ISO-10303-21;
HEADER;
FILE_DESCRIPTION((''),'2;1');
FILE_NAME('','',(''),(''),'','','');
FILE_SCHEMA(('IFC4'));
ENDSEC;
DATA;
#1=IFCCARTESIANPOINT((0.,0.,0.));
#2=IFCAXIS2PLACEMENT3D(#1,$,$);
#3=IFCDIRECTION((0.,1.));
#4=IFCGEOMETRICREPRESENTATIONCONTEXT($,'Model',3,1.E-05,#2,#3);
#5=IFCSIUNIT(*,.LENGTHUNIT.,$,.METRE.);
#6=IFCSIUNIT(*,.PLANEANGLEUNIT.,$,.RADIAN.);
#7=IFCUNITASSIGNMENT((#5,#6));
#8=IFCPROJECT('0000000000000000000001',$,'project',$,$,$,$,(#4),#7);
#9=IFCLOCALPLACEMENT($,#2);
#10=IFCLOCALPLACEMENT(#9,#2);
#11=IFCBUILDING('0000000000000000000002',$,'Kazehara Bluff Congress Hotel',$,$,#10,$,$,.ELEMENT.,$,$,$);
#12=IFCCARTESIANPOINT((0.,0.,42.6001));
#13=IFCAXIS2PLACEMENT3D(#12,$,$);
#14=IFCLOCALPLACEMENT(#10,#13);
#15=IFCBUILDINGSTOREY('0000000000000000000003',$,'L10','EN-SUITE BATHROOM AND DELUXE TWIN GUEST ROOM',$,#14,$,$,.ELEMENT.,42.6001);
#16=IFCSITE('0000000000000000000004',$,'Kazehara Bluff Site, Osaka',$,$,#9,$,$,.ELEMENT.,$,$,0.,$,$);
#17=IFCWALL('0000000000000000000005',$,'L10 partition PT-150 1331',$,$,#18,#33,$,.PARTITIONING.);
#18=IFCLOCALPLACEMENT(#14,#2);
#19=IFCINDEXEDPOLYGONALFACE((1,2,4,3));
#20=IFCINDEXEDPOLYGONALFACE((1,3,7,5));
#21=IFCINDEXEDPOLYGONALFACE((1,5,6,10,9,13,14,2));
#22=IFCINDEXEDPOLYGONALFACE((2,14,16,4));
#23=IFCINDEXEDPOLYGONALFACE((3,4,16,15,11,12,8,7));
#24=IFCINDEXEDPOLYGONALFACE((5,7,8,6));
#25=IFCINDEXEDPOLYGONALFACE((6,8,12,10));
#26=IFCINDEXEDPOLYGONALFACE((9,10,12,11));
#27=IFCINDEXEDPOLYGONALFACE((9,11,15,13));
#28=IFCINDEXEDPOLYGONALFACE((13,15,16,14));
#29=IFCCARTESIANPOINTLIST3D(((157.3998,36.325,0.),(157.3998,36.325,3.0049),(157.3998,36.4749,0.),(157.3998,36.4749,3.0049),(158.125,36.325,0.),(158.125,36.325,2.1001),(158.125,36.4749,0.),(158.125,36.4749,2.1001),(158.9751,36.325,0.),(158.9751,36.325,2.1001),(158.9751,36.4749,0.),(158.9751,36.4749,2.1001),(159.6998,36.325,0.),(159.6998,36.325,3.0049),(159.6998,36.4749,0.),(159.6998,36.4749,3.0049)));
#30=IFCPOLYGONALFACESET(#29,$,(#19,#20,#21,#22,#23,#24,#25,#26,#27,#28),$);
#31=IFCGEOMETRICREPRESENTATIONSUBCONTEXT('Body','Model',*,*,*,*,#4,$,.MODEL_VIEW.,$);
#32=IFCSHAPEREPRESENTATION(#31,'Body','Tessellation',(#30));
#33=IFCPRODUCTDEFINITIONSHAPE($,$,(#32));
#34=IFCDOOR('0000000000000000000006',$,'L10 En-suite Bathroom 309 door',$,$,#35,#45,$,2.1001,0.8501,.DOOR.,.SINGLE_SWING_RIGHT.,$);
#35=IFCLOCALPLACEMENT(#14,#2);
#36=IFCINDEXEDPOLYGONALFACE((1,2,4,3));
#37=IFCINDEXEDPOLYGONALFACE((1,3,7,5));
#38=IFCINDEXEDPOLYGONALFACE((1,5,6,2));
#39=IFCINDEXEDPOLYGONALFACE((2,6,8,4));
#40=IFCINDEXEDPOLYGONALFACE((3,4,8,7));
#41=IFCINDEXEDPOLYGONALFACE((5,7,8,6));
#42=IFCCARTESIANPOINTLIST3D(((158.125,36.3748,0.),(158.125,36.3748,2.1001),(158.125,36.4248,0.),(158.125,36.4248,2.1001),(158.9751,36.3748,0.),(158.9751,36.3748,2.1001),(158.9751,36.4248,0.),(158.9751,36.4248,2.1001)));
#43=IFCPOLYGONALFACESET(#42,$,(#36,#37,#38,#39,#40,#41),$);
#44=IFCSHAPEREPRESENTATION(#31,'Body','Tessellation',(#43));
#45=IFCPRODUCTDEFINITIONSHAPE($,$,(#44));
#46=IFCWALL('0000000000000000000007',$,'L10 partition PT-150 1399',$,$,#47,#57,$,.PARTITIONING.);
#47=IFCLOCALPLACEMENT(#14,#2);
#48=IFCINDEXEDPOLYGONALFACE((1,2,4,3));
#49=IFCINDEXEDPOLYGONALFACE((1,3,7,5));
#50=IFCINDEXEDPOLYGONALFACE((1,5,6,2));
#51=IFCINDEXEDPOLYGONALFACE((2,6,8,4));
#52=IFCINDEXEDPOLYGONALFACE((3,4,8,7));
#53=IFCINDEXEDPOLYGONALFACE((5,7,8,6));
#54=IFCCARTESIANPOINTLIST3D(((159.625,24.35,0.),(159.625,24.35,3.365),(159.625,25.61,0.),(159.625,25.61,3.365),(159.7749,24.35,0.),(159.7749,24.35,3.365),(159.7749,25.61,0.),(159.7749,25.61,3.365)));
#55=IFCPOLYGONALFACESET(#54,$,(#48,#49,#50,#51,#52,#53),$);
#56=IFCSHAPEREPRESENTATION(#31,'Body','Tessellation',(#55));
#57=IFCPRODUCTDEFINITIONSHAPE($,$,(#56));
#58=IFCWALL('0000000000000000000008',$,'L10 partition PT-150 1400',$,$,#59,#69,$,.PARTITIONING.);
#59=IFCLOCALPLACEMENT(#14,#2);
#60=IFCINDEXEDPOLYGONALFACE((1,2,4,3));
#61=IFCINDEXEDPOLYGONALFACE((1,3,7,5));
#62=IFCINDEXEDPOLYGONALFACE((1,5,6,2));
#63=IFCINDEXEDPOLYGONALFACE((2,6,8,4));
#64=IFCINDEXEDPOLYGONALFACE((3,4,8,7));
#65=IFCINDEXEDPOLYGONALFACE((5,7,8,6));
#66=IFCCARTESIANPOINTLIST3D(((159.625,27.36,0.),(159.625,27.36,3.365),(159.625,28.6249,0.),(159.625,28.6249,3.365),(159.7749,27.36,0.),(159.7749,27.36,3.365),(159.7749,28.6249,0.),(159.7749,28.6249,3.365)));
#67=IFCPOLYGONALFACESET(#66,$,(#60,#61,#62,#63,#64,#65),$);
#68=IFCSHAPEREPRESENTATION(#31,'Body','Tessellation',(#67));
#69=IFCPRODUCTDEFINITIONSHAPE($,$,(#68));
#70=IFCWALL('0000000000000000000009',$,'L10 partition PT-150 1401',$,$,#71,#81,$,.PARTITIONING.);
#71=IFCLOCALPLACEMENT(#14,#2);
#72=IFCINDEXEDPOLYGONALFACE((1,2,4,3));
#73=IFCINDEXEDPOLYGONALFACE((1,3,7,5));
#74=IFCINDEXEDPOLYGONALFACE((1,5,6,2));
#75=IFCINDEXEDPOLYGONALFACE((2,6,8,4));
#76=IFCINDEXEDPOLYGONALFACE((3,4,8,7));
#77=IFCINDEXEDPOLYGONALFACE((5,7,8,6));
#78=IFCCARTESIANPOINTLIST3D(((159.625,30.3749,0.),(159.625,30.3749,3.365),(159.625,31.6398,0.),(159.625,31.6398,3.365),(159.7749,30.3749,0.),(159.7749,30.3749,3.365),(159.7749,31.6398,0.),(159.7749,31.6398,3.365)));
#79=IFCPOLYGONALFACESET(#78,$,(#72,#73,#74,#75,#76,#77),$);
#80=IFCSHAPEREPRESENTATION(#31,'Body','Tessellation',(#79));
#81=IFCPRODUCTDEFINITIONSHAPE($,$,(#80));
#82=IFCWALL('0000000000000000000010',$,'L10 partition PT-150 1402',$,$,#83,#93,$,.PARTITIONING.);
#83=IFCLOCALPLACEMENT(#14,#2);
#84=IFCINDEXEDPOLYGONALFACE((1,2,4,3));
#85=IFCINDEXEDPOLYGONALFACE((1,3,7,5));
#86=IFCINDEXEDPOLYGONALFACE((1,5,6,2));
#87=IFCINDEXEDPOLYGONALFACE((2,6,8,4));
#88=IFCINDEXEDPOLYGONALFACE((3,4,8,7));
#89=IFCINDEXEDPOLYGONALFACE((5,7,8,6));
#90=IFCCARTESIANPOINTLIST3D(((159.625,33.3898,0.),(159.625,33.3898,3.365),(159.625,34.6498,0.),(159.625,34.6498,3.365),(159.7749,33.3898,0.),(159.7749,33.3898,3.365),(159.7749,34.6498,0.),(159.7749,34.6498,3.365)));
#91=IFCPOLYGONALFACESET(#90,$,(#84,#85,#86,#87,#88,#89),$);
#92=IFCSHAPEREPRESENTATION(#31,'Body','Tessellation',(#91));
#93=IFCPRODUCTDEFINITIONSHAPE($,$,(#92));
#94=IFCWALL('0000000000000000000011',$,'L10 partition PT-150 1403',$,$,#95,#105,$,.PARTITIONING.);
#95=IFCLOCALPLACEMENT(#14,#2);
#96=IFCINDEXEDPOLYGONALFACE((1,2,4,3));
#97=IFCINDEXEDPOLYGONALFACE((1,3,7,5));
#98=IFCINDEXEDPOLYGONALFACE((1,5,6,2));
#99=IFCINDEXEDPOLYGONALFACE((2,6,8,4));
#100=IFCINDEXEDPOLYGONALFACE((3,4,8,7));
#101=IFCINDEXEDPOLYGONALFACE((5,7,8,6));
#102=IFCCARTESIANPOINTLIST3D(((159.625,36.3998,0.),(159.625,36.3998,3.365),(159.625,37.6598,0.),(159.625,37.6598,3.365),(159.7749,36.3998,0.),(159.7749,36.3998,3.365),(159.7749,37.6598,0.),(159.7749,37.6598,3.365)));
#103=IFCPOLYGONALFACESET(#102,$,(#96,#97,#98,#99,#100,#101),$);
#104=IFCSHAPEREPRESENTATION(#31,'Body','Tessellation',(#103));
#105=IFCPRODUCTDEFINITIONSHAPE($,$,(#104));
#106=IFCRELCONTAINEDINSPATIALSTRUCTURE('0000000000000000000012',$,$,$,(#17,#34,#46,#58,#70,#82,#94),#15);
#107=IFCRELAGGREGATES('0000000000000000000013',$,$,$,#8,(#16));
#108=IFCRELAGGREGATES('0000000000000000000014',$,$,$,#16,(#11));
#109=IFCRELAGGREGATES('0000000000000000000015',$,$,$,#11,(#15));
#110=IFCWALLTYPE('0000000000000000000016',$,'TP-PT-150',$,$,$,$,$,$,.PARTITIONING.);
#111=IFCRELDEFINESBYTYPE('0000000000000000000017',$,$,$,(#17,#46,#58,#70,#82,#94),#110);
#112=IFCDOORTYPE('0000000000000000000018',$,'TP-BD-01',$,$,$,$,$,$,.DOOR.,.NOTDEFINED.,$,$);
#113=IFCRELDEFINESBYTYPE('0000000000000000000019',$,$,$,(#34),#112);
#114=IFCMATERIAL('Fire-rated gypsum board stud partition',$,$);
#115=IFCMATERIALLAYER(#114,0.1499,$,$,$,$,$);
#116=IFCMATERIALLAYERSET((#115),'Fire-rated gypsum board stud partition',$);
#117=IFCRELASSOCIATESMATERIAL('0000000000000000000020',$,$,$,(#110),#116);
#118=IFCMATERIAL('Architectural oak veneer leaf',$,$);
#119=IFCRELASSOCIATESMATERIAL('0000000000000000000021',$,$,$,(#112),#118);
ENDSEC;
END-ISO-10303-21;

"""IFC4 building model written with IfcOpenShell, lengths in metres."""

from ifc_helpers import new_model, si_unit, direction, frame, frame_2d, origin, place, context, subcontext, project, spatial, rectangle, extrude, material, layer, layer_set, type_object, element, fill, save


model = new_model("IFC4")

# Units and contexts
model_context = context("Model", 3, precision=1e-05, world=origin(), true_north=direction((0.0, 1.0)))
body_context = subcontext(model_context, "Body", "Model", "MODEL_VIEW")
ifc_project = project(units=[si_unit("LENGTHUNIT", "METRE"), si_unit("PLANEANGLEUNIT", "RADIAN")], contexts=[model_context])

# Site, building, storey
site_placement = place(None, origin())
site = spatial("IfcSite", under=ifc_project, at=site_placement, Name="Kazehara Bluff Site, Osaka", CompositionType="ELEMENT", RefElevation=0.0)
building_placement = place(site_placement, origin())
building = spatial("IfcBuilding", under=site, at=building_placement, Name="Kazehara Bluff Congress Hotel", CompositionType="ELEMENT")
storey_placement = place(building_placement, frame((0.0, 0.0, 42.6001)))
storey = spatial("IfcBuildingStorey", under=building, at=storey_placement, Name="L10", Description="EN-SUITE BATHROOM AND DELUXE TWIN GUEST ROOM", CompositionType="ELEMENT", Elevation=42.6001)

# Wall, opening, door
ifc_material_1 = material(Name="Fire-rated gypsum board stud partition")
ifc_layer_1 = layer(ifc_material_1, 0.1499)
ifc_layer_set_1 = layer_set([ifc_layer_1], Name="Fire-rated gypsum board stud partition")
wall_type_1 = type_object("IfcWallType", Name="TP-PT-150", PredefinedType="PARTITIONING", material=ifc_layer_set_1)
wall_1_placement = place(storey_placement, frame((157.3999, 36.3999, 0.0), z_axis=(0.0, 0.0, 1.0), x_axis=(1.0, 0.0, 0.0)))
wall_1 = element("IfcWall", 1, at=wall_1_placement, inside=storey, type_object=wall_type_1, Name="L10 partition PT-150 1331", PredefinedType="PARTITIONING", context=body_context, shape_type="SweptSolid", body=[
    extrude(rectangle(XDim=2.3, YDim=0.1499, at=frame_2d((1.1499, 0.0))), origin(), (0.0, 0.0, 1.0), 3.0049),
])
opening_1_placement = place(wall_1_placement, frame((0.7251, 0.0, 0.0)))
opening_1 = element("IfcOpeningElement", 2, at=opening_1_placement, cuts=wall_1, PredefinedType="OPENING", context=body_context, shape_type="SweptSolid", body=[
    extrude(rectangle(XDim=0.8501, YDim=2.1001, at=frame_2d((0.425, 1.05))), frame((0.0, 0.085, 0.0), z_axis=(0.0, -1.0, 0.0), x_axis=(1.0, 0.0, 0.0)), (0.0, 0.0, 1.0), 0.1699),
])
ifc_material_2 = material(Name="Architectural oak veneer leaf")
door_type = type_object("IfcDoorType", Name="TP-BD-01", OperationType="NOTDEFINED", PredefinedType="DOOR", material=ifc_material_2)
door_placement = place(opening_1_placement, origin())
door = element("IfcDoor", 3, at=door_placement, inside=storey, type_object=door_type, Name="L10 En-suite Bathroom 309 door", OperationType="SINGLE_SWING_RIGHT", OverallHeight=2.1001, OverallWidth=0.8501, PredefinedType="DOOR", context=body_context, shape_type="SweptSolid", body=[
    extrude(rectangle(XDim=0.8501, YDim=2.1001, at=frame_2d((0.425, 1.05))), frame((0.0, 0.0249, 0.0), z_axis=(0.0, -1.0, 0.0), x_axis=(1.0, 0.0, 0.0)), (0.0, 0.0, 1.0), 0.05),
])
fill(opening_1, door)

# Walls
wall_2_placement = place(storey_placement, frame((159.7, 24.3501, 0.0), z_axis=(0.0, 0.0, 1.0), x_axis=(0.0, 1.0, 0.0)))
element("IfcWall", 4, at=wall_2_placement, inside=storey, type_object=wall_type_1, Name="L10 partition PT-150 1399", PredefinedType="PARTITIONING", context=body_context, shape_type="SweptSolid", body=[
    extrude(rectangle(XDim=1.26, YDim=0.1499, at=frame_2d((0.6299, 0.0))), origin(), (0.0, 0.0, 1.0), 3.365),
])
for number, where, z_axis, x_axis, name in (
    (5, (159.7, 27.3601, 0.0), (0.0, 0.0, 1.0), (0.0, 1.0, 0.0), "L10 partition PT-150 1400"),
    (6, (159.7, 30.375, 0.0), (0.0, 0.0, 1.0), (0.0, 1.0, 0.0), "L10 partition PT-150 1401"),
):
    element("IfcWall", number, at=place(storey_placement, frame(where, z_axis=z_axis, x_axis=x_axis)), inside=storey, type_object=wall_type_1, Name=name, PredefinedType="PARTITIONING", context=body_context, shape_type="SweptSolid", body=[
        extrude(rectangle(XDim=1.2649, YDim=0.1499, at=frame_2d((0.6323, 0.0))), origin(), (0.0, 0.0, 1.0), 3.365),
    ])
for number, where, z_axis, x_axis, name in (
    (7, (159.7, 33.3899, 0.0), (0.0, 0.0, 1.0), (0.0, 1.0, 0.0), "L10 partition PT-150 1402"),
    (8, (159.7, 36.3999, 0.0), (0.0, 0.0, 1.0), (0.0, 1.0, 0.0), "L10 partition PT-150 1403"),
):
    element("IfcWall", number, at=place(storey_placement, frame(where, z_axis=z_axis, x_axis=x_axis)), inside=storey, type_object=wall_type_1, Name=name, PredefinedType="PARTITIONING", context=body_context, shape_type="SweptSolid", body=[
        extrude(rectangle(XDim=1.26, YDim=0.1499, at=frame_2d((0.6299, 0.0))), origin(), (0.0, 0.0, 1.0), 3.365),
    ])

save(model, "model.ifc")
